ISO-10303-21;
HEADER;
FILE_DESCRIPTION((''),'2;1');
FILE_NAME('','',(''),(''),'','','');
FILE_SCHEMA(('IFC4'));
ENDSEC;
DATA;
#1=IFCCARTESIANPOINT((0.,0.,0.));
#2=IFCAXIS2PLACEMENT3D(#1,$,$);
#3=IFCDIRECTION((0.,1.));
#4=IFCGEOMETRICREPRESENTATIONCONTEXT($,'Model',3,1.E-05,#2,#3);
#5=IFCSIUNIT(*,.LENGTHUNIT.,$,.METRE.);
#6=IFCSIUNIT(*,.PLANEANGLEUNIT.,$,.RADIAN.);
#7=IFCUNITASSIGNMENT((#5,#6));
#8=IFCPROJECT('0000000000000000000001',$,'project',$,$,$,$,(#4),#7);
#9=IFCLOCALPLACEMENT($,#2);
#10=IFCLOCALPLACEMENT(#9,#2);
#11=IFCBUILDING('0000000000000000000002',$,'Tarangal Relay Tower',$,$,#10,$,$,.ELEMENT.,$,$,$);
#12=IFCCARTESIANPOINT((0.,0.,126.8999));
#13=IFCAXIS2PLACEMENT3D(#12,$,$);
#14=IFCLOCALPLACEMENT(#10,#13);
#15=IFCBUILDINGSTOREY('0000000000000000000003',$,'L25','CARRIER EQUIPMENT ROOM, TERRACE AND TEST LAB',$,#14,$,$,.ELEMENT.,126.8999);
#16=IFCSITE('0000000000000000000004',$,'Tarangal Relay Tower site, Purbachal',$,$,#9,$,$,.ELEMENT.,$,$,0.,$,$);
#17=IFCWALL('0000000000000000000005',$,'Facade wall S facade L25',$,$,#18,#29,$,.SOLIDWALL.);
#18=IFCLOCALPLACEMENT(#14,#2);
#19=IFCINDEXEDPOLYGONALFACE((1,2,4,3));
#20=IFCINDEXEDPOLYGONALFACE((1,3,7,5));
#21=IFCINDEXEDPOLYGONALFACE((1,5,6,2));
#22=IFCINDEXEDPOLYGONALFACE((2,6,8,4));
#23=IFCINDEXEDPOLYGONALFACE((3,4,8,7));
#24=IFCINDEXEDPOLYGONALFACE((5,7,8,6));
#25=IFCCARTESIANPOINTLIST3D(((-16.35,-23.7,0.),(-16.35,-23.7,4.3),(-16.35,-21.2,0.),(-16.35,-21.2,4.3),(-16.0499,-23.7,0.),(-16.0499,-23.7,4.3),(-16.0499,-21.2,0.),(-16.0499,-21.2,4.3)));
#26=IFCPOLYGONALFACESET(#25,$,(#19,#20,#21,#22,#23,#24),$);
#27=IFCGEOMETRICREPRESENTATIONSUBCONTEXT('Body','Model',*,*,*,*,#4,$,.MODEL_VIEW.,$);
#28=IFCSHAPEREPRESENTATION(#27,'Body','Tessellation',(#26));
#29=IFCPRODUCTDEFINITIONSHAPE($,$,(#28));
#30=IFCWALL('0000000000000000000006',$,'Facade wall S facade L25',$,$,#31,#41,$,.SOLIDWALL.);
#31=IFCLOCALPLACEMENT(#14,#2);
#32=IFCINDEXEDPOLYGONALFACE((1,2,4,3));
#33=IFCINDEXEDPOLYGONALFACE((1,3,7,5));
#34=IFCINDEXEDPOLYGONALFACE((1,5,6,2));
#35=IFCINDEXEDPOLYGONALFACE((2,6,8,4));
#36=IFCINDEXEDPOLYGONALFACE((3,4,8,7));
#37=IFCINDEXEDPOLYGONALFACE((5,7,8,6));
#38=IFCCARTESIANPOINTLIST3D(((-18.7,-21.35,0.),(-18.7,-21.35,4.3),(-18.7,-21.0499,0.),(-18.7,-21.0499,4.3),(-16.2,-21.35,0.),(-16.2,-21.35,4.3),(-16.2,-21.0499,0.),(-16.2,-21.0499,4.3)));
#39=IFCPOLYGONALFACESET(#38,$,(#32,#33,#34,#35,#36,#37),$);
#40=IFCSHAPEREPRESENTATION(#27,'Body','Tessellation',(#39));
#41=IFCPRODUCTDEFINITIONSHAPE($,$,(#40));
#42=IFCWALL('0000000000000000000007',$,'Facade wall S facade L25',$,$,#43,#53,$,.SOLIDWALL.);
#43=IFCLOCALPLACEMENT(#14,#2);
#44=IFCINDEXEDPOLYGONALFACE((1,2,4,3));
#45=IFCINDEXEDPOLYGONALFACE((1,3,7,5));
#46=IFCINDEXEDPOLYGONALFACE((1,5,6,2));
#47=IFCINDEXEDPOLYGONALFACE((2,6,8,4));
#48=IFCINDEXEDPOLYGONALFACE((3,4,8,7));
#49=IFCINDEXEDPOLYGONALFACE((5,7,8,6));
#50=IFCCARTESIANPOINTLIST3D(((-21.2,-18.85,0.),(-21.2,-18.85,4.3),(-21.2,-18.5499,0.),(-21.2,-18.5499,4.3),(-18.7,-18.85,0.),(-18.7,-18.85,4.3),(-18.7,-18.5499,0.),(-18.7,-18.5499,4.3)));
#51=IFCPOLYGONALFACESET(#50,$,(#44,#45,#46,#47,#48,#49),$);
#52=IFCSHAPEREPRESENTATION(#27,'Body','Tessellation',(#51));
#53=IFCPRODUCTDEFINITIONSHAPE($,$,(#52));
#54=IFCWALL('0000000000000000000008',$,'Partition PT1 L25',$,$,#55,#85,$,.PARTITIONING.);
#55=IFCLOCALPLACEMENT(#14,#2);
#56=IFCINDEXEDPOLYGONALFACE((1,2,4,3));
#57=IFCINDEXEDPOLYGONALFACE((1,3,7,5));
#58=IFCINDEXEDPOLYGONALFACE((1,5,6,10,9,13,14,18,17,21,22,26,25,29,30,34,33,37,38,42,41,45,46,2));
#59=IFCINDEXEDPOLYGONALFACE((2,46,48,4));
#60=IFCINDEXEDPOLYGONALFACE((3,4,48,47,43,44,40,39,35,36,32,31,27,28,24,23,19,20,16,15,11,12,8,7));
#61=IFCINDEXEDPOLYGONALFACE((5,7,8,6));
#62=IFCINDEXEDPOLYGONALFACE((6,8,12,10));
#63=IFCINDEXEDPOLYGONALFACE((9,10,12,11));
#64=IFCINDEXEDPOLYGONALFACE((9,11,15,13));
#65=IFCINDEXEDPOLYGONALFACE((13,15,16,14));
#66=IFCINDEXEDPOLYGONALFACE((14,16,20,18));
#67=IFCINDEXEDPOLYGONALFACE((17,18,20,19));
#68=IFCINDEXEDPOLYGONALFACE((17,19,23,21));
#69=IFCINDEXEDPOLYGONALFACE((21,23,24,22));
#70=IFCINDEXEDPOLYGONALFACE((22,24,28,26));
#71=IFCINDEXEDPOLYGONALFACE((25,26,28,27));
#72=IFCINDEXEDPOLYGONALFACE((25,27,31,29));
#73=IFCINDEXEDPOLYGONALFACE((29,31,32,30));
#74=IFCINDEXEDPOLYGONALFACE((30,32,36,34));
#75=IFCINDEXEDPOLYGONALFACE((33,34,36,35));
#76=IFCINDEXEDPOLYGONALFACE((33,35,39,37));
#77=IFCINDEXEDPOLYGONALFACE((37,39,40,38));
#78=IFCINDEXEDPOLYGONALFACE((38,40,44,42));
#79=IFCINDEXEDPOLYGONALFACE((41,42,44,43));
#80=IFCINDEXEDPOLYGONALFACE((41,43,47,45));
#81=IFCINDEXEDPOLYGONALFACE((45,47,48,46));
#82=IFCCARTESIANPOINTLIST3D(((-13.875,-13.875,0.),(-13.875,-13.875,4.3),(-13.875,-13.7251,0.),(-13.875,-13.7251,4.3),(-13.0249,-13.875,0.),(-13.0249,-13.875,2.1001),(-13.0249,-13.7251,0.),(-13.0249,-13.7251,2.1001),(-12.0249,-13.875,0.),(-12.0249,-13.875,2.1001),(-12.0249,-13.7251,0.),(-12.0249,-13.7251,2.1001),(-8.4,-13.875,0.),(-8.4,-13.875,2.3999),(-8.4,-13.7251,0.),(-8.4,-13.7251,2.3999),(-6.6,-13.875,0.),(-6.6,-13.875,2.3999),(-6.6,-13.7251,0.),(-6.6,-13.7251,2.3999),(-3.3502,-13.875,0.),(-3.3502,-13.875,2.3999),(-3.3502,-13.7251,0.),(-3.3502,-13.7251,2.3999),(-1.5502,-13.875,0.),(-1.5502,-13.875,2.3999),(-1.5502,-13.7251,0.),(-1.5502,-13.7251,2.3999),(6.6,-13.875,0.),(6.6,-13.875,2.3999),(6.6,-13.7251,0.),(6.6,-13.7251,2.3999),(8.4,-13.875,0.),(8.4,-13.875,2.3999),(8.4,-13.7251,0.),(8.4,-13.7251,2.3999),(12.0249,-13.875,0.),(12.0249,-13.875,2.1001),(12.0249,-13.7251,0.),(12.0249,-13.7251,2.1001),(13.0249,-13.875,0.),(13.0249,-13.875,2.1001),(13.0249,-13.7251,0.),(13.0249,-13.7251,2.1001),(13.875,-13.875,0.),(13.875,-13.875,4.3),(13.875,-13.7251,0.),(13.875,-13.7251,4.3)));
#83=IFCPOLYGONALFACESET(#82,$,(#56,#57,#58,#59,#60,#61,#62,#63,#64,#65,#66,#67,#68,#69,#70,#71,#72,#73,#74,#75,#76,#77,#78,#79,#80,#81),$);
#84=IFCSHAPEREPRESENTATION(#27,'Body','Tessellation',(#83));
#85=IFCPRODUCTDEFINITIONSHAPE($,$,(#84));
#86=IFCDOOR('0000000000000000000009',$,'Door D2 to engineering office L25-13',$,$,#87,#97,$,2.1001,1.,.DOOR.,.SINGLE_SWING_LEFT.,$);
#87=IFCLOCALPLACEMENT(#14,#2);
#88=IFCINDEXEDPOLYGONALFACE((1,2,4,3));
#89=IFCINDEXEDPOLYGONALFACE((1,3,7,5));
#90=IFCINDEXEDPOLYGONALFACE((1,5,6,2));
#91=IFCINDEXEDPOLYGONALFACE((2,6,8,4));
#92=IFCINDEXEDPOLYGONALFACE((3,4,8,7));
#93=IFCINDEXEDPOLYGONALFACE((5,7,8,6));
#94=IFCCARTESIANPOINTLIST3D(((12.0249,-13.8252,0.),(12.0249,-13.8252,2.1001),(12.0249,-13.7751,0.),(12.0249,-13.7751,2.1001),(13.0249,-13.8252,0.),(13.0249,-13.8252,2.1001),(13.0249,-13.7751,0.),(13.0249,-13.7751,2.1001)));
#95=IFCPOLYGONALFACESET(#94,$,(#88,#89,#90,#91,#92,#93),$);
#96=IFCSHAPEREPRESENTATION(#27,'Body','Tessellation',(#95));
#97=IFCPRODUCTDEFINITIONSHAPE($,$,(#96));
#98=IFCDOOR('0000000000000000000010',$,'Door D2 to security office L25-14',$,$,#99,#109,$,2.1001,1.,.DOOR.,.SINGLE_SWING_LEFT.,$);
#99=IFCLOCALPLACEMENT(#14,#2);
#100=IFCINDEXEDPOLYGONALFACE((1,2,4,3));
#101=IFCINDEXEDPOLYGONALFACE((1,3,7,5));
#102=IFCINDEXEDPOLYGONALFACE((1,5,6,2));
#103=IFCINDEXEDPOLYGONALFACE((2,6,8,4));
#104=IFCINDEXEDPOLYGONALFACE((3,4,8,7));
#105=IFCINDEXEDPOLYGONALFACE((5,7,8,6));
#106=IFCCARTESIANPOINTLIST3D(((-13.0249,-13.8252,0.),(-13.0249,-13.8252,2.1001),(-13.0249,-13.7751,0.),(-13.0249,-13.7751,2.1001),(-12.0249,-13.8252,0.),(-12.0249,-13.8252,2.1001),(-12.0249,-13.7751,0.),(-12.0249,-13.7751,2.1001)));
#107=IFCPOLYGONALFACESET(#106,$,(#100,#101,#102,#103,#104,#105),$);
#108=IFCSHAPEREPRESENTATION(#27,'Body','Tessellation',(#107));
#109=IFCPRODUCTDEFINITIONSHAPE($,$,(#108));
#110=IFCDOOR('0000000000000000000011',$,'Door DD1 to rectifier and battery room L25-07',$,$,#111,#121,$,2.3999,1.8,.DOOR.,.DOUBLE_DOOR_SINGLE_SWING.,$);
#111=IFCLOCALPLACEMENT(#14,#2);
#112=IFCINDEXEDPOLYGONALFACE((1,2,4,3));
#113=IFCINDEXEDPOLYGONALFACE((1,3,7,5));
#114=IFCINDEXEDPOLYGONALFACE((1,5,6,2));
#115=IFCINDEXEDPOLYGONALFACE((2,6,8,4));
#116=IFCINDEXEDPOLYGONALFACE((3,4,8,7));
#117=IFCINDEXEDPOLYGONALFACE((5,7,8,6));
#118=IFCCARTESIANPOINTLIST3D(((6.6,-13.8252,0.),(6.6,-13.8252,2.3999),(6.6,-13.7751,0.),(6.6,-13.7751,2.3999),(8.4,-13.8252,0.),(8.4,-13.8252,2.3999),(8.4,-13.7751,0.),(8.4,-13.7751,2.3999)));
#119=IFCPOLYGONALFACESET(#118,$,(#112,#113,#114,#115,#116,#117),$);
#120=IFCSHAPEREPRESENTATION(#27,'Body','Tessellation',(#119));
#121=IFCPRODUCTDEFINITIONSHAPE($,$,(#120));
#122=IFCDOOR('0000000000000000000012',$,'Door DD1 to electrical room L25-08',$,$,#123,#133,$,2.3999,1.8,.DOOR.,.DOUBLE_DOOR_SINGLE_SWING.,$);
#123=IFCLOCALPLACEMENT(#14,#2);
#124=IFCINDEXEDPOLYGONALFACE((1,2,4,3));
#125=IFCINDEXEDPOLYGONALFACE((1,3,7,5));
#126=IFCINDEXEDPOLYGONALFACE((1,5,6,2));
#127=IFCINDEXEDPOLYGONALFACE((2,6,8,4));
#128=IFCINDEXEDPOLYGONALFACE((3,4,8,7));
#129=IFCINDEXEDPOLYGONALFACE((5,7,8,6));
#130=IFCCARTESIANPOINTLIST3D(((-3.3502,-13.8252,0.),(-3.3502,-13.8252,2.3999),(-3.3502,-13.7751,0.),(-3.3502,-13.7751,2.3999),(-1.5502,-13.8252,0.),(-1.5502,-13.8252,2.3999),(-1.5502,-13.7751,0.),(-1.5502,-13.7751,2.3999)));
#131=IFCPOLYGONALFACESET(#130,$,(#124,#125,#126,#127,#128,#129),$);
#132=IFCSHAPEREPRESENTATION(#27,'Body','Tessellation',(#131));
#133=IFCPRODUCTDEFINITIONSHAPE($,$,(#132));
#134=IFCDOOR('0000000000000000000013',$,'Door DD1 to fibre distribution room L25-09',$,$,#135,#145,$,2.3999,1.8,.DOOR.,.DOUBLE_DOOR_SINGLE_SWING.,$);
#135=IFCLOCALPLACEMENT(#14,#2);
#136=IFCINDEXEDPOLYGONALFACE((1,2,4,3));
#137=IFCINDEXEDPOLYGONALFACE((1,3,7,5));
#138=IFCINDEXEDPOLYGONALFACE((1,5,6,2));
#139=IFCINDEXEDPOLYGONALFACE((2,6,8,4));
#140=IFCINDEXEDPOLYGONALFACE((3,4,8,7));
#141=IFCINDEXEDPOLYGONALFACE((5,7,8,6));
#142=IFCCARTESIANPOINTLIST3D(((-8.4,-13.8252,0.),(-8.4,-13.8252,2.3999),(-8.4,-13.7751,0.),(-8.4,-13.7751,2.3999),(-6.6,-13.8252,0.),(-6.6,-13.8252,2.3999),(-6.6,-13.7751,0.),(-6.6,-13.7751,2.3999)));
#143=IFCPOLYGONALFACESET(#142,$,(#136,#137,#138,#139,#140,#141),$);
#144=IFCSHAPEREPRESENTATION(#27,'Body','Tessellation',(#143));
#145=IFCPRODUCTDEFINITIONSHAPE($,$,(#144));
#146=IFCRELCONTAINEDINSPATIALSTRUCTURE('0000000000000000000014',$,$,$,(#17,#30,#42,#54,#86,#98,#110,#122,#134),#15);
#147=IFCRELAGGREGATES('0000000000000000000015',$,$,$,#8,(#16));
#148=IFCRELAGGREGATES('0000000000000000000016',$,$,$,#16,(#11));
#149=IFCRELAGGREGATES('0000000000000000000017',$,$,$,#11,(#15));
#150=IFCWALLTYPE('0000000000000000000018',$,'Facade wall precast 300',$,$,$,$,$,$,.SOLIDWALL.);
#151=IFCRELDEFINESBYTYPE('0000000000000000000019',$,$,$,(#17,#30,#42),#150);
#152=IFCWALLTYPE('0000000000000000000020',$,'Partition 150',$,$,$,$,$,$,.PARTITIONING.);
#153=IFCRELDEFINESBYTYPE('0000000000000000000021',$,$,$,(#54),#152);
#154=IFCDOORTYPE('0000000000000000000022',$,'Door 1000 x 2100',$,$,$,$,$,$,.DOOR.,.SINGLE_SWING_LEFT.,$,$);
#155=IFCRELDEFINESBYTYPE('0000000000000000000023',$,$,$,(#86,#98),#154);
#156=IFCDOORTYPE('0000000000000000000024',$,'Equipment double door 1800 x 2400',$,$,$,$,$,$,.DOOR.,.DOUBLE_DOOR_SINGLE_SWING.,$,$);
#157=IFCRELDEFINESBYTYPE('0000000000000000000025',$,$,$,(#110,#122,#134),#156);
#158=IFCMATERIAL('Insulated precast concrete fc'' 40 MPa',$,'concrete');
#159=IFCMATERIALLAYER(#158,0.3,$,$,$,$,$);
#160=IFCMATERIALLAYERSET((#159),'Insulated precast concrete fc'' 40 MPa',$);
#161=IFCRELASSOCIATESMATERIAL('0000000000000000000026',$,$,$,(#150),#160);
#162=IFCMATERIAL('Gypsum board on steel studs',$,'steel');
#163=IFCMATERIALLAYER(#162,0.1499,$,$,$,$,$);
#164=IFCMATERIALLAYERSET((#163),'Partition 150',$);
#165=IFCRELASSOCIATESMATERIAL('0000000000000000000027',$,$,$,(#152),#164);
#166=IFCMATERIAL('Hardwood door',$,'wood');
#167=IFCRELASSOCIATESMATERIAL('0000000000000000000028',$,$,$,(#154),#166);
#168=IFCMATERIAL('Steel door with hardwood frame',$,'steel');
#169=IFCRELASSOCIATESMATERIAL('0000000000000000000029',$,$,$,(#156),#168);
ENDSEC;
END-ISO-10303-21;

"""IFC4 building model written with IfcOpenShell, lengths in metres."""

from ifc_helpers import new_model, si_unit, direction, frame, frame_2d, origin, place, context, subcontext, project, spatial, rectangle, extrude, material, layer, layer_set, type_object, element, fill, save


model = new_model("IFC4")

# Units and contexts
model_context = context("Model", 3, precision=1e-05, world=origin(), true_north=direction((0.0, 1.0)))
body_context = subcontext(model_context, "Body", "Model", "MODEL_VIEW")
ifc_project = project(units=[si_unit("LENGTHUNIT", "METRE"), si_unit("PLANEANGLEUNIT", "RADIAN")], contexts=[model_context])

# Site, building, storey
site_placement = place(None, origin())
site = spatial("IfcSite", under=ifc_project, at=site_placement, Name="Tarangal Relay Tower site, Purbachal", CompositionType="ELEMENT", RefElevation=0.0)
building_placement = place(site_placement, origin())
building = spatial("IfcBuilding", under=site, at=building_placement, Name="Tarangal Relay Tower", CompositionType="ELEMENT")
storey_placement = place(building_placement, frame((0.0, 0.0, 126.8999)))
storey = spatial("IfcBuildingStorey", under=building, at=storey_placement, Name="L25", Description="CARRIER EQUIPMENT ROOM, TERRACE AND TEST LAB", CompositionType="ELEMENT", Elevation=126.8999)

# Walls
ifc_material_1 = material(Name="Insulated precast concrete fc' 40 MPa", Category="concrete")
ifc_layer_1 = layer(ifc_material_1, 0.3)
ifc_layer_set_1 = layer_set([ifc_layer_1], Name="Insulated precast concrete fc' 40 MPa")
wall_type_1 = type_object("IfcWallType", Name="Facade wall precast 300", PredefinedType="SOLIDWALL", material=ifc_layer_set_1)
for number, where, z_axis, x_axis, name in (
    (1, (-16.2, -23.7, 0.0), (0.0, 0.0, 1.0), (0.0, 1.0, 0.0), "Facade wall S facade L25"),
    (2, (-16.2, -21.2, 0.0), (0.0, 0.0, 1.0), (-1.0, 0.0, 0.0), "Facade wall S facade L25"),
):
    element("IfcWall", number, at=place(storey_placement, frame(where, z_axis=z_axis, x_axis=x_axis)), inside=storey, type_object=wall_type_1, Name=name, PredefinedType="SOLIDWALL", context=body_context, shape_type="SweptSolid", body=[
        extrude(rectangle(XDim=2.5, YDim=0.3, at=frame_2d((1.25, 0.0))), origin(), (0.0, 0.0, 1.0), 4.3),
    ])

# Wall
wall_1_placement = place(storey_placement, frame((-18.7, -18.7, 0.0), z_axis=(0.0, 0.0, 1.0), x_axis=(-1.0, 0.0, 0.0)))
element("IfcWall", 3, at=wall_1_placement, inside=storey, type_object=wall_type_1, Name="Facade wall S facade L25", PredefinedType="SOLIDWALL", context=body_context, shape_type="SweptSolid", body=[
    extrude(rectangle(XDim=2.5, YDim=0.3, at=frame_2d((1.25, 0.0))), origin(), (0.0, 0.0, 1.0), 4.3),
])

# Wall, openings, doors
ifc_material_2 = material(Name="Gypsum board on steel studs", Category="steel")
ifc_layer_2 = layer(ifc_material_2, 0.1499)
ifc_layer_set_2 = layer_set([ifc_layer_2], Name="Partition 150")
wall_type_2 = type_object("IfcWallType", Name="Partition 150", PredefinedType="PARTITIONING", material=ifc_layer_set_2)
wall_2_placement = place(storey_placement, frame((-13.875, -13.8, 0.0), z_axis=(0.0, 0.0, 1.0), x_axis=(1.0, 0.0, 0.0)))
wall_2 = element("IfcWall", 4, at=wall_2_placement, inside=storey, type_object=wall_type_2, Name="Partition PT1 L25", PredefinedType="PARTITIONING", context=body_context, shape_type="SweptSolid", body=[
    extrude(rectangle(XDim=27.75, YDim=0.1499, at=frame_2d((13.875, 0.0))), origin(), (0.0, 0.0, 1.0), 4.3),
])
opening_1_placement = place(wall_2_placement, frame((20.4751, 0.0, 0.0)))
opening_1 = element("IfcOpeningElement", 5, at=opening_1_placement, cuts=wall_2, PredefinedType="OPENING", context=body_context, shape_type="SweptSolid", body=[
    extrude(rectangle(XDim=1.8, YDim=2.3999, at=frame_2d((0.8999, 1.2))), frame((0.0, 0.085, 0.0), z_axis=(0.0, -1.0, 0.0), x_axis=(1.0, 0.0, 0.0)), (0.0, 0.0, 1.0), 0.1699),
])
opening_2_placement = place(wall_2_placement, frame((10.5249, 0.0, 0.0)))
opening_2 = element("IfcOpeningElement", 6, at=opening_2_placement, cuts=wall_2, PredefinedType="OPENING", context=body_context, shape_type="SweptSolid", body=[
    extrude(rectangle(XDim=1.8, YDim=2.3999, at=frame_2d((0.8999, 1.2))), frame((0.0, 0.085, 0.0), z_axis=(0.0, -1.0, 0.0), x_axis=(1.0, 0.0, 0.0)), (0.0, 0.0, 1.0), 0.1699),
])
opening_3_placement = place(wall_2_placement, frame((5.4751, 0.0, 0.0)))
opening_3 = element("IfcOpeningElement", 7, at=opening_3_placement, cuts=wall_2, PredefinedType="OPENING", context=body_context, shape_type="SweptSolid", body=[
    extrude(rectangle(XDim=1.8, YDim=2.3999, at=frame_2d((0.8999, 1.2))), frame((0.0, 0.085, 0.0), z_axis=(0.0, -1.0, 0.0), x_axis=(1.0, 0.0, 0.0)), (0.0, 0.0, 1.0), 0.1699),
])
opening_4_placement = place(wall_2_placement, frame((25.8999, 0.0, 0.0)))
opening_4 = element("IfcOpeningElement", 8, at=opening_4_placement, cuts=wall_2, PredefinedType="OPENING", context=body_context, shape_type="SweptSolid", body=[
    extrude(rectangle(XDim=1.0, YDim=2.1001, at=frame_2d((0.5, 1.05))), frame((0.0, 0.085, 0.0), z_axis=(0.0, -1.0, 0.0), x_axis=(1.0, 0.0, 0.0)), (0.0, 0.0, 1.0), 0.1699),
])
opening_5_placement = place(wall_2_placement, frame((0.8501, 0.0, 0.0)))
opening_5 = element("IfcOpeningElement", 9, at=opening_5_placement, cuts=wall_2, PredefinedType="OPENING", context=body_context, shape_type="SweptSolid", body=[
    extrude(rectangle(XDim=1.0, YDim=2.1001, at=frame_2d((0.5, 1.05))), frame((0.0, 0.085, 0.0), z_axis=(0.0, -1.0, 0.0), x_axis=(1.0, 0.0, 0.0)), (0.0, 0.0, 1.0), 0.1699),
])
ifc_material_3 = material(Name="Hardwood door", Category="wood")
door_type_1 = type_object("IfcDoorType", Name="Door 1000 x 2100", OperationType="SINGLE_SWING_LEFT", PredefinedType="DOOR", material=ifc_material_3)
door_1_placement = place(opening_4_placement, origin())
door_1 = element("IfcDoor", 10, at=door_1_placement, inside=storey, type_object=door_type_1, Name="Door D2 to engineering office L25-13", OperationType="SINGLE_SWING_LEFT", OverallHeight=2.1001, OverallWidth=1.0, PredefinedType="DOOR", context=body_context, shape_type="SweptSolid", body=[
    extrude(rectangle(XDim=1.0, YDim=2.1001, at=frame_2d((0.5, 1.05))), frame((0.0, 0.0249, 0.0), z_axis=(0.0, -1.0, 0.0), x_axis=(1.0, 0.0, 0.0)), (0.0, 0.0, 1.0), 0.05),
])
fill(opening_4, door_1)
door_2_placement = place(opening_5_placement, origin())
door_2 = element("IfcDoor", 11, at=door_2_placement, inside=storey, type_object=door_type_1, Name="Door D2 to security office L25-14", OperationType="SINGLE_SWING_LEFT", OverallHeight=2.1001, OverallWidth=1.0, PredefinedType="DOOR", context=body_context, shape_type="SweptSolid", body=[
    extrude(rectangle(XDim=1.0, YDim=2.1001, at=frame_2d((0.5, 1.05))), frame((0.0, 0.0249, 0.0), z_axis=(0.0, -1.0, 0.0), x_axis=(1.0, 0.0, 0.0)), (0.0, 0.0, 1.0), 0.05),
])
fill(opening_5, door_2)
ifc_material_4 = material(Name="Steel door with hardwood frame", Category="steel")
door_type_2 = type_object("IfcDoorType", Name="Equipment double door 1800 x 2400", OperationType="DOUBLE_DOOR_SINGLE_SWING", PredefinedType="DOOR", material=ifc_material_4)
door_3_placement = place(opening_1_placement, origin())
door_3 = element("IfcDoor", 12, at=door_3_placement, inside=storey, type_object=door_type_2, Name="Door DD1 to rectifier and battery room L25-07", OperationType="DOUBLE_DOOR_SINGLE_SWING", OverallHeight=2.3999, OverallWidth=1.8, PredefinedType="DOOR", context=body_context, shape_type="SweptSolid", body=[
    extrude(rectangle(XDim=1.8, YDim=2.3999, at=frame_2d((0.8999, 1.2))), frame((0.0, 0.0249, 0.0), z_axis=(0.0, -1.0, 0.0), x_axis=(1.0, 0.0, 0.0)), (0.0, 0.0, 1.0), 0.05),
])
fill(opening_1, door_3)
door_4_placement = place(opening_2_placement, origin())
door_4 = element("IfcDoor", 13, at=door_4_placement, inside=storey, type_object=door_type_2, Name="Door DD1 to electrical room L25-08", OperationType="DOUBLE_DOOR_SINGLE_SWING", OverallHeight=2.3999, OverallWidth=1.8, PredefinedType="DOOR", context=body_context, shape_type="SweptSolid", body=[
    extrude(rectangle(XDim=1.8, YDim=2.3999, at=frame_2d((0.8999, 1.2))), frame((0.0, 0.0249, 0.0), z_axis=(0.0, -1.0, 0.0), x_axis=(1.0, 0.0, 0.0)), (0.0, 0.0, 1.0), 0.05),
])
fill(opening_2, door_4)
door_5_placement = place(opening_3_placement, origin())
door_5 = element("IfcDoor", 14, at=door_5_placement, inside=storey, type_object=door_type_2, Name="Door DD1 to fibre distribution room L25-09", OperationType="DOUBLE_DOOR_SINGLE_SWING", OverallHeight=2.3999, OverallWidth=1.8, PredefinedType="DOOR", context=body_context, shape_type="SweptSolid", body=[
    extrude(rectangle(XDim=1.8, YDim=2.3999, at=frame_2d((0.8999, 1.2))), frame((0.0, 0.0249, 0.0), z_axis=(0.0, -1.0, 0.0), x_axis=(1.0, 0.0, 0.0)), (0.0, 0.0, 1.0), 0.05),
])
fill(opening_3, door_5)

save(model, "model.ifc")
